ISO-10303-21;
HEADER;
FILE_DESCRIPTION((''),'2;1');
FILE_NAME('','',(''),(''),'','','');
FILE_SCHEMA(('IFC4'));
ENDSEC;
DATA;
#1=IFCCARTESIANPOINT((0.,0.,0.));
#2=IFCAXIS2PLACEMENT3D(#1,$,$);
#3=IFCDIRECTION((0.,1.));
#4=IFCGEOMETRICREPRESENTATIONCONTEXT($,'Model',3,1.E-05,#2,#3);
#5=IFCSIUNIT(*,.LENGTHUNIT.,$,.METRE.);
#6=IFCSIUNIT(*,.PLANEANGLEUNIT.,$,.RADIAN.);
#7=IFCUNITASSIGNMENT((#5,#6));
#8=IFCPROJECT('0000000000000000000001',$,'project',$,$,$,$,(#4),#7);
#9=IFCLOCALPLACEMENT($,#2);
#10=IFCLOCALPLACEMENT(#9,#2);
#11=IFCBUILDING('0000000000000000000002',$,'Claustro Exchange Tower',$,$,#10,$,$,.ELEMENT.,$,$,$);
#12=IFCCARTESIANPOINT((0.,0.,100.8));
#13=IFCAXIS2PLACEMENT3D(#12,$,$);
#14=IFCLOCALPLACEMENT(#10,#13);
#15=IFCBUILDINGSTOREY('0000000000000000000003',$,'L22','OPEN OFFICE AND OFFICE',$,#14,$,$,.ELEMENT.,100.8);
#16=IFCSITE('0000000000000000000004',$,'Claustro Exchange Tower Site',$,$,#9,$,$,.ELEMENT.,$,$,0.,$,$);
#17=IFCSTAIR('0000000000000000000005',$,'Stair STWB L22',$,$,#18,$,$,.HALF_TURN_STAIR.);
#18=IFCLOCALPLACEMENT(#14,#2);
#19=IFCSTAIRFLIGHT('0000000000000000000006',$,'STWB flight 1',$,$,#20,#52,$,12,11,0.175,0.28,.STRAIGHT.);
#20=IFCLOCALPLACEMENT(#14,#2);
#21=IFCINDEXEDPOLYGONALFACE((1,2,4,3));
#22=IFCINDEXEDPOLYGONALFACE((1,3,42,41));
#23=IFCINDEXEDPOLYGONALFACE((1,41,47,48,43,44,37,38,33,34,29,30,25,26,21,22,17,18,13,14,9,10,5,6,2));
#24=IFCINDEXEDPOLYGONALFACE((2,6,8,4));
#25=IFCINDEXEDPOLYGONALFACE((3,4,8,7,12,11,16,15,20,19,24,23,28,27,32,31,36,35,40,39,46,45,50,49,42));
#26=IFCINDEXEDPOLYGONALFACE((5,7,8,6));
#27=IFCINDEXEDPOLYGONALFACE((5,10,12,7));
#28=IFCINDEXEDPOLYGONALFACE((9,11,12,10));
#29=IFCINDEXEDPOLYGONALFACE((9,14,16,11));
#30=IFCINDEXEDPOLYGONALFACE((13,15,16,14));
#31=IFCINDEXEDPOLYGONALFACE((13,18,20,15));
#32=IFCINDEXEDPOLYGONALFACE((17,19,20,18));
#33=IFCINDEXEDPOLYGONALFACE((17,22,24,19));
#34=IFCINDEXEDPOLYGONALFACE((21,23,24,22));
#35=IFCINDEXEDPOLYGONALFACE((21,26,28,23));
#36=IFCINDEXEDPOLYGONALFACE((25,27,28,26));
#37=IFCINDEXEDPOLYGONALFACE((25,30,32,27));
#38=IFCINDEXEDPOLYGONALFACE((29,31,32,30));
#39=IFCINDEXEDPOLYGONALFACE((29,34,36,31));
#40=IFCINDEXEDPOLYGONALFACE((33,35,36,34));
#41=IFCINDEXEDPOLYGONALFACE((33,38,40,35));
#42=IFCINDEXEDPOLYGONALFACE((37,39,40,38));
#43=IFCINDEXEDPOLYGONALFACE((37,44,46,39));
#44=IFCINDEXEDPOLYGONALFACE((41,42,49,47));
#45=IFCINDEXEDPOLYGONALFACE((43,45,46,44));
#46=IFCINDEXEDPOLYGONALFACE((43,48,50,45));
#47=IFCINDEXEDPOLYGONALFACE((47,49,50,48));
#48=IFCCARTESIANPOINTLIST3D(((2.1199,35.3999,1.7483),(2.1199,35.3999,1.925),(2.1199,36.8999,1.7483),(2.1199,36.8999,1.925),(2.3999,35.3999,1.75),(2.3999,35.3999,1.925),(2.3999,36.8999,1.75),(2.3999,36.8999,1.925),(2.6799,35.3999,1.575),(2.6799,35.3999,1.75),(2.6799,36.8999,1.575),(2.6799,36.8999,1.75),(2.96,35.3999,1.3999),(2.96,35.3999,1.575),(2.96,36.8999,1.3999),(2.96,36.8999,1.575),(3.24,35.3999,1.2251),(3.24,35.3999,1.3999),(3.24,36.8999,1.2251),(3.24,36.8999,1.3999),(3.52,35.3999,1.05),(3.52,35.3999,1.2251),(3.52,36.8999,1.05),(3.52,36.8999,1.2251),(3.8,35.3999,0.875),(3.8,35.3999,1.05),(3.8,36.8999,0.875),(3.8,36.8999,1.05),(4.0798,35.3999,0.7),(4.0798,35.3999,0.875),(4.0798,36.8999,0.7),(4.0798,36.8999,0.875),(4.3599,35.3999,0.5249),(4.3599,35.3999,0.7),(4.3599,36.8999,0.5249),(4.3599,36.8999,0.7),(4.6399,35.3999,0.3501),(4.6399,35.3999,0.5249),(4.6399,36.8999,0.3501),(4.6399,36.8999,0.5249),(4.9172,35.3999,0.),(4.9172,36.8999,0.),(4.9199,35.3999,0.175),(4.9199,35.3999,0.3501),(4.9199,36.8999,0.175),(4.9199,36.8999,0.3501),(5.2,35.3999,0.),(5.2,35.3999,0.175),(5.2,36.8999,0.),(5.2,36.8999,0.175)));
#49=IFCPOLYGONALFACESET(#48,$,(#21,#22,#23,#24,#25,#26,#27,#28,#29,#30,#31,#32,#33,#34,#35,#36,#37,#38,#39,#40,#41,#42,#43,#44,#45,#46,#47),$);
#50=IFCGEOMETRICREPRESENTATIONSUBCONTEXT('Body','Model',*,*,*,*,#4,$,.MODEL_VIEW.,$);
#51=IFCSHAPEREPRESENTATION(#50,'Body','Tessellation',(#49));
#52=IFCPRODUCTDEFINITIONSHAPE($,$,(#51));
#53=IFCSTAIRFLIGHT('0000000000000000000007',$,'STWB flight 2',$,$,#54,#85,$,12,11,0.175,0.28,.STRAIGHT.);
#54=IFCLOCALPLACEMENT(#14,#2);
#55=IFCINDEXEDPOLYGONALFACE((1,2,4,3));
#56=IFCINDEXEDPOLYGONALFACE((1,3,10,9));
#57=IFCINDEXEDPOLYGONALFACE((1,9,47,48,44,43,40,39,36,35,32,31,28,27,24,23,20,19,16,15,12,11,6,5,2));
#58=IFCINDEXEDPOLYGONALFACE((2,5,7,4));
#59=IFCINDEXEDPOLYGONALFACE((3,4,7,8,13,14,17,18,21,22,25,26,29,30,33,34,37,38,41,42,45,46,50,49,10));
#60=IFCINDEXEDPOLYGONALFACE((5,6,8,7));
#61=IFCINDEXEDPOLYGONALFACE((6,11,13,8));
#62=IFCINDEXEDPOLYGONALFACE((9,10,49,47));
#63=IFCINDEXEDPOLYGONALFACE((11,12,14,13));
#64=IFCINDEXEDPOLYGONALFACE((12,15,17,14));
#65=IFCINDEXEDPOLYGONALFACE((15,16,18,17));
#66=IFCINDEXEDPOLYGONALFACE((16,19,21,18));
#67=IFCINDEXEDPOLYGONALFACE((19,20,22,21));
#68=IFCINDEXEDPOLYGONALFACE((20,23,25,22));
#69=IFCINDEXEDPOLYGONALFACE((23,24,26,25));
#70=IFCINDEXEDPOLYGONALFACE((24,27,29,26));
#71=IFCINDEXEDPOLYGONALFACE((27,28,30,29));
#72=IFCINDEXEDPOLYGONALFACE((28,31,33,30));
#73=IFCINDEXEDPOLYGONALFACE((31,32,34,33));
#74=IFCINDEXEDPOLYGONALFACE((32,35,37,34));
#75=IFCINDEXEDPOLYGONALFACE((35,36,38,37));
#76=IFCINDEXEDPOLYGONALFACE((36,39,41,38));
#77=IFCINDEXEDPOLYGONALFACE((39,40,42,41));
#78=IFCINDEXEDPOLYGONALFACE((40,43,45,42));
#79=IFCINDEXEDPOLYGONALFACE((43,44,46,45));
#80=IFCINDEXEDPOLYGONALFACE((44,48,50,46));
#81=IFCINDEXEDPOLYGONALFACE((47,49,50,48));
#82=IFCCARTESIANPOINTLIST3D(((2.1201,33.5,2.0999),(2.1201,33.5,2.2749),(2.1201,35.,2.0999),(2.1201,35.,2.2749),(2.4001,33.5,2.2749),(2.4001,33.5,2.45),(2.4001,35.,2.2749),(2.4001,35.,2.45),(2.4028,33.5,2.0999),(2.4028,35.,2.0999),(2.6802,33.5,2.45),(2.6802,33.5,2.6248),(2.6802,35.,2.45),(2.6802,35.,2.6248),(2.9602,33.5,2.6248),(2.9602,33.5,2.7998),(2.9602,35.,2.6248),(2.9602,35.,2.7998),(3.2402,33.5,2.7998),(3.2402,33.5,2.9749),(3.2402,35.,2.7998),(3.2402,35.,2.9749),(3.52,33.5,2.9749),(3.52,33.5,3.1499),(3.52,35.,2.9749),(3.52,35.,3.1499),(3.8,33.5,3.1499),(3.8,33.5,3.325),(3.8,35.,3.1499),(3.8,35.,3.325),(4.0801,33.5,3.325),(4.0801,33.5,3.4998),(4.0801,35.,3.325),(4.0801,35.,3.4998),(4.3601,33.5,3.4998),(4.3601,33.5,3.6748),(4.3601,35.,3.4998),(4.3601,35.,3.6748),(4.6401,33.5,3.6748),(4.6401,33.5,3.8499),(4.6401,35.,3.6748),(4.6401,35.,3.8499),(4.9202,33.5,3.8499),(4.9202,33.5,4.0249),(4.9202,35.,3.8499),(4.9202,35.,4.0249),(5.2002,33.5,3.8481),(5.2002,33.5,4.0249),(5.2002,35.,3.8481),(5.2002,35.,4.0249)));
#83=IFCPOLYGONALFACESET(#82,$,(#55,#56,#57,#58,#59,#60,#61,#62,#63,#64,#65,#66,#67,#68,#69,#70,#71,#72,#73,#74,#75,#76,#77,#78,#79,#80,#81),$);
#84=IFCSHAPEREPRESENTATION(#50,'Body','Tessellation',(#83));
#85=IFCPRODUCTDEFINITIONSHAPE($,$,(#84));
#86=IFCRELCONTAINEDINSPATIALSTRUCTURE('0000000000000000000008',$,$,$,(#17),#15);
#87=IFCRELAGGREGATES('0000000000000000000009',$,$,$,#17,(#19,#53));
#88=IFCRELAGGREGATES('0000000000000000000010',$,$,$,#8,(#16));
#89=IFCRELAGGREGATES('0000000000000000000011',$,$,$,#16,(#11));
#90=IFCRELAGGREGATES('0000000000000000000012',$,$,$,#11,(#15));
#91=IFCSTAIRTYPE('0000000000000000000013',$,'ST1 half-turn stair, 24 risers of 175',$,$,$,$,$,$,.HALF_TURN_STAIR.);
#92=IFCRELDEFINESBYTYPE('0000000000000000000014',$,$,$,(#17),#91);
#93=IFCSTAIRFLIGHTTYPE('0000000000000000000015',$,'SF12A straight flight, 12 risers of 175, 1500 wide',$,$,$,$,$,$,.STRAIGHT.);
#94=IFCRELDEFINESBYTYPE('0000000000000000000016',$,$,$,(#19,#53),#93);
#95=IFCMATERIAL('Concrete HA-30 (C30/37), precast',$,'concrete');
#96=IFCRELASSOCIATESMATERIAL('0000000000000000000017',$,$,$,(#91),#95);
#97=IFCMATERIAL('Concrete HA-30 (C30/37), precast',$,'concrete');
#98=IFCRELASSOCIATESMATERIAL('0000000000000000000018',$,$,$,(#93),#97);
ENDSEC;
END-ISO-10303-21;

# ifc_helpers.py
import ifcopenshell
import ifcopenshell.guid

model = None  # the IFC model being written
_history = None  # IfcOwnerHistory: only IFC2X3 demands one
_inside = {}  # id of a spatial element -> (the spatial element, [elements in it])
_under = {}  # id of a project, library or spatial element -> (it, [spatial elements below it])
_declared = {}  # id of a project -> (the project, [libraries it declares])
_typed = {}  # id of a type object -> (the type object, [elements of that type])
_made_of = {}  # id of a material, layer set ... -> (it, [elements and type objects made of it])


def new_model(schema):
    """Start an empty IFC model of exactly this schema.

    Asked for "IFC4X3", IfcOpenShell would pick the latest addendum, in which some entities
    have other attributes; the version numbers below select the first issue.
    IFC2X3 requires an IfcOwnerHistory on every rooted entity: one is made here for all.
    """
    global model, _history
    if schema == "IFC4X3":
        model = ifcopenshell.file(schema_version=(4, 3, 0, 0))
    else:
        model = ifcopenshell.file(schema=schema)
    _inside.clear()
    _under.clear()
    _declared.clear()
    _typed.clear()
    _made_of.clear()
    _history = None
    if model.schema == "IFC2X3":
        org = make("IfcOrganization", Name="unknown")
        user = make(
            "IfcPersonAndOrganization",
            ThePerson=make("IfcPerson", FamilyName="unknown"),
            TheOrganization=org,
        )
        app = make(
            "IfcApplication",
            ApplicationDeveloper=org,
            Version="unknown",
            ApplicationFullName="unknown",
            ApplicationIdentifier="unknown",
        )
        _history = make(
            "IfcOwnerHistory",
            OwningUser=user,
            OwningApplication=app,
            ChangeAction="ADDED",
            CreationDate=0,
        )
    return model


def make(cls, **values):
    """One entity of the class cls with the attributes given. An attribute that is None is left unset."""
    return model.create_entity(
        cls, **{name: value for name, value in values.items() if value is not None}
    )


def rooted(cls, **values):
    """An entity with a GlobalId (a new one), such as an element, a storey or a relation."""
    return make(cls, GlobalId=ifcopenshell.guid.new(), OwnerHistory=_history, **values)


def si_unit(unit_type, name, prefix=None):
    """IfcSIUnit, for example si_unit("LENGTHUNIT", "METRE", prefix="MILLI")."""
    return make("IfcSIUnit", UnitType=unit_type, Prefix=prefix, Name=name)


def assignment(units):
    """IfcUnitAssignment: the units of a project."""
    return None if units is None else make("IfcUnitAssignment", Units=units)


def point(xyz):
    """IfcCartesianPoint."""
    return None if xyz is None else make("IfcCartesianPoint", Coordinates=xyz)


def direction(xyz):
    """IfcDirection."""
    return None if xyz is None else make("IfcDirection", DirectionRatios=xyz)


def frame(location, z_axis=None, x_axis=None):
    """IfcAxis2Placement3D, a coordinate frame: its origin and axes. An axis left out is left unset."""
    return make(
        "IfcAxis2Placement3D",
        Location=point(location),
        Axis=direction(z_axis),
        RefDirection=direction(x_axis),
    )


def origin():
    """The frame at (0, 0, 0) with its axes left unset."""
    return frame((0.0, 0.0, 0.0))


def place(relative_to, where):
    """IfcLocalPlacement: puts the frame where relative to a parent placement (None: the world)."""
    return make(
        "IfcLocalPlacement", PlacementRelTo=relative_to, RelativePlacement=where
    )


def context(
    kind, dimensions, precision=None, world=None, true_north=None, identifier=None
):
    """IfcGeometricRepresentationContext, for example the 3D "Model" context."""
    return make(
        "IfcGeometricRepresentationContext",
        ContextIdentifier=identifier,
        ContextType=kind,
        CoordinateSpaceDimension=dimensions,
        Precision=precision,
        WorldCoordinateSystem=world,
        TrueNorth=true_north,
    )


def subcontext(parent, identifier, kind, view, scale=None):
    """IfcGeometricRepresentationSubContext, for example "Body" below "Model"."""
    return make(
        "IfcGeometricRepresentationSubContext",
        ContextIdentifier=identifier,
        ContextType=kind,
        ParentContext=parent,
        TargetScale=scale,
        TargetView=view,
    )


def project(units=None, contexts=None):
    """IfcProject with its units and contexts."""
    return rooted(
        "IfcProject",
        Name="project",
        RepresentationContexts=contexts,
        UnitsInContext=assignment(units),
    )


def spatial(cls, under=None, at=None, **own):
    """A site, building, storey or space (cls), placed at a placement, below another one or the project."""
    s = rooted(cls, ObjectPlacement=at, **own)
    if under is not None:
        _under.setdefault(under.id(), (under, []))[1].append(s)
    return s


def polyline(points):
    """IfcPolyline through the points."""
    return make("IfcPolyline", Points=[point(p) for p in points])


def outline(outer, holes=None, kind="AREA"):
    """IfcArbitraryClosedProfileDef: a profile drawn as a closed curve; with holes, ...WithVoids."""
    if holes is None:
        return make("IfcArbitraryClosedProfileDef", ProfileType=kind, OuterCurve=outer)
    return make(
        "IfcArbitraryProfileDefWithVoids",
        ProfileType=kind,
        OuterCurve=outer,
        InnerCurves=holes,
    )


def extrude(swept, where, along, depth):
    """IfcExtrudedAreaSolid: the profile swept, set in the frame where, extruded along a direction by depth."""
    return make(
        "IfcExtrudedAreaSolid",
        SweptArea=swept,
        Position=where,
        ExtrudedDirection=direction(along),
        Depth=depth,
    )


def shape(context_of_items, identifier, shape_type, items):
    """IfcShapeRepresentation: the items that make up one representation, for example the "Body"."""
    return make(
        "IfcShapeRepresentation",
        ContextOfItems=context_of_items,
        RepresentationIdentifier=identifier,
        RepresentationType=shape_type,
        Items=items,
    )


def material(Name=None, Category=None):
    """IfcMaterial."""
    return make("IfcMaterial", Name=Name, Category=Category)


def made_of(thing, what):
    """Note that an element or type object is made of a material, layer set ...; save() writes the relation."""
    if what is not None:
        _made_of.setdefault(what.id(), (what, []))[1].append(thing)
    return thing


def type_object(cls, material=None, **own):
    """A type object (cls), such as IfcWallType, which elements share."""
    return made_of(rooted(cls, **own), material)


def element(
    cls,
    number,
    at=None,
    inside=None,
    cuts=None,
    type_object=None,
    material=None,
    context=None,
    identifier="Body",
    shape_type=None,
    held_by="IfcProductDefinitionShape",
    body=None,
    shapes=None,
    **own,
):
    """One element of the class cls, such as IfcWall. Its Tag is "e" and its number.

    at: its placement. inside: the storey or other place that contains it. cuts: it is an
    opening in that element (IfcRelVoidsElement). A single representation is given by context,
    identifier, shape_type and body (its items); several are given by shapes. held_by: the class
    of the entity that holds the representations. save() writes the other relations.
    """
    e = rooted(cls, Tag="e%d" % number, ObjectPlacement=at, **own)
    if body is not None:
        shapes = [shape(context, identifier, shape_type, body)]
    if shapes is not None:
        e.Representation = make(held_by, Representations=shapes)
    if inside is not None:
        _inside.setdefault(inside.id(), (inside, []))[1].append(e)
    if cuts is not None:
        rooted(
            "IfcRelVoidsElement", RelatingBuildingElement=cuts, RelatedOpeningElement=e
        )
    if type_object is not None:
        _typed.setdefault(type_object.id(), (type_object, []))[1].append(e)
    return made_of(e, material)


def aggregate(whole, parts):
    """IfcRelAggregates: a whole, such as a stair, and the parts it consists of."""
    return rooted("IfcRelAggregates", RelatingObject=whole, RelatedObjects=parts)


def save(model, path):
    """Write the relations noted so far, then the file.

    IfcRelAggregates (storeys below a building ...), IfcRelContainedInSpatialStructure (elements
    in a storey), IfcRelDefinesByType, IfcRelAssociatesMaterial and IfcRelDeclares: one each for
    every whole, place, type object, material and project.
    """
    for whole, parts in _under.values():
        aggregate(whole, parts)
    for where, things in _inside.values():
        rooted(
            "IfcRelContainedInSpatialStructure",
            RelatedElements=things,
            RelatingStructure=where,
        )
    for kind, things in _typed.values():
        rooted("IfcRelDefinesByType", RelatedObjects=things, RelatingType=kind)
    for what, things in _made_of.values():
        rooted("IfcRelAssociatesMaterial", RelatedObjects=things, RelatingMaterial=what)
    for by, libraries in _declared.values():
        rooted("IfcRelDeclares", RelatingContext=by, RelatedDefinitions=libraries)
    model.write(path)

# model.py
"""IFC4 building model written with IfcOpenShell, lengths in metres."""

from ifc_helpers import new_model, si_unit, direction, frame, origin, place, context, subcontext, project, spatial, polyline, outline, extrude, material, type_object, element, aggregate, save


model = new_model("IFC4")

# Units and contexts
model_context = context("Model", 3, precision=1e-05, world=origin(), true_north=direction((0.0, 1.0)))
body_context = subcontext(model_context, "Body", "Model", "MODEL_VIEW")
ifc_project = project(units=[si_unit("LENGTHUNIT", "METRE"), si_unit("PLANEANGLEUNIT", "RADIAN")], contexts=[model_context])

# Site, building, storey
site_placement = place(None, origin())
site = spatial("IfcSite", under=ifc_project, at=site_placement, Name="Claustro Exchange Tower Site", CompositionType="ELEMENT", RefElevation=0.0)
building_placement = place(site_placement, origin())
building = spatial("IfcBuilding", under=site, at=building_placement, Name="Claustro Exchange Tower", CompositionType="ELEMENT")
storey_placement = place(building_placement, frame((0.0, 0.0, 100.8)))
storey = spatial("IfcBuildingStorey", under=building, at=storey_placement, Name="L22", Description="OPEN OFFICE AND OFFICE", CompositionType="ELEMENT", Elevation=100.8)

# Stair, stair flights
ifc_material_1 = material(Name="Concrete HA-30 (C30/37), precast", Category="concrete")
stair_type = type_object("IfcStairType", Name="ST1 half-turn stair, 24 risers of 175", PredefinedType="HALF_TURN_STAIR", material=ifc_material_1)
stair_placement = place(storey_placement, origin())
stair = element("IfcStair", 1, at=stair_placement, inside=storey, type_object=stair_type, Name="Stair STWB L22", PredefinedType="HALF_TURN_STAIR")
ifc_material_2 = material(Name="Concrete HA-30 (C30/37), precast", Category="concrete")
stair_flight_type = type_object("IfcStairFlightType", Name="SF12A straight flight, 12 risers of 175, 1500 wide", PredefinedType="STRAIGHT", material=ifc_material_2)
stair_flight_1_placement = place(storey_placement, frame((5.2, 36.1499, 0.0), z_axis=(0.0, 0.0, 1.0), x_axis=(-1.0, 0.0, 0.0)))
stair_flight_1 = element("IfcStairFlight", 2, at=stair_flight_1_placement, type_object=stair_flight_type, Name="STWB flight 1", NumberOfRisers=12, NumberOfTreads=11, PredefinedType="STRAIGHT", RiserHeight=0.175, TreadLength=0.28, context=body_context, shape_type="SweptSolid", body=[
    extrude(outline(polyline([(0.0, 0.0), (0.0, 0.175), (0.28, 0.175), (0.28, 0.3501), (0.5601, 0.3501), (0.5601, 0.5249), (0.8401, 0.5249), (0.8401, 0.7), (1.1201, 0.7), (1.1201, 0.875), (1.3999, 0.875), (1.3999, 1.05), (1.6799, 1.05), (1.6799, 1.2251), (1.96, 1.2251), (1.96, 1.3999), (2.24, 1.3999), (2.24, 1.575), (2.52, 1.575), (2.52, 1.75), (2.8, 1.75), (2.8, 1.925), (3.0801, 1.925), (3.0801, 2.1001), (3.0801, 1.7483), (0.2827, 0.0), (0.0, 0.0)])), frame((0.0, 0.75, 0.0), z_axis=(0.0, -1.0, 0.0), x_axis=(1.0, 0.0, 0.0)), (0.0, 0.0, 1.0), 1.5),
])
stair_flight_2_placement = place(storey_placement, frame((2.1201, 34.25, 2.0999), z_axis=(0.0, 0.0, 1.0), x_axis=(1.0, 0.0, 0.0)))
stair_flight_2 = element("IfcStairFlight", 3, at=stair_flight_2_placement, type_object=stair_flight_type, Name="STWB flight 2", NumberOfRisers=12, NumberOfTreads=11, PredefinedType="STRAIGHT", RiserHeight=0.175, TreadLength=0.28, context=body_context, shape_type="SweptSolid", body=[
    extrude(outline(polyline([(0.0, 0.0), (0.0, 0.175), (0.28, 0.175), (0.28, 0.3501), (0.5601, 0.3501), (0.5601, 0.5249), (0.8401, 0.5249), (0.8401, 0.7), (1.1201, 0.7), (1.1201, 0.875), (1.3999, 0.875), (1.3999, 1.05), (1.6799, 1.05), (1.6799, 1.2251), (1.96, 1.2251), (1.96, 1.3999), (2.24, 1.3999), (2.24, 1.575), (2.52, 1.575), (2.52, 1.75), (2.8, 1.75), (2.8, 1.925), (3.0801, 1.925), (3.0801, 2.1001), (3.0801, 1.7483), (0.2827, 0.0), (0.0, 0.0)])), frame((0.0, 0.75, 0.0), z_axis=(0.0, -1.0, 0.0), x_axis=(1.0, 0.0, 0.0)), (0.0, 0.0, 1.0), 1.5),
])
aggregate(stair, [stair_flight_1, stair_flight_2])

save(model, "model.ifc")
